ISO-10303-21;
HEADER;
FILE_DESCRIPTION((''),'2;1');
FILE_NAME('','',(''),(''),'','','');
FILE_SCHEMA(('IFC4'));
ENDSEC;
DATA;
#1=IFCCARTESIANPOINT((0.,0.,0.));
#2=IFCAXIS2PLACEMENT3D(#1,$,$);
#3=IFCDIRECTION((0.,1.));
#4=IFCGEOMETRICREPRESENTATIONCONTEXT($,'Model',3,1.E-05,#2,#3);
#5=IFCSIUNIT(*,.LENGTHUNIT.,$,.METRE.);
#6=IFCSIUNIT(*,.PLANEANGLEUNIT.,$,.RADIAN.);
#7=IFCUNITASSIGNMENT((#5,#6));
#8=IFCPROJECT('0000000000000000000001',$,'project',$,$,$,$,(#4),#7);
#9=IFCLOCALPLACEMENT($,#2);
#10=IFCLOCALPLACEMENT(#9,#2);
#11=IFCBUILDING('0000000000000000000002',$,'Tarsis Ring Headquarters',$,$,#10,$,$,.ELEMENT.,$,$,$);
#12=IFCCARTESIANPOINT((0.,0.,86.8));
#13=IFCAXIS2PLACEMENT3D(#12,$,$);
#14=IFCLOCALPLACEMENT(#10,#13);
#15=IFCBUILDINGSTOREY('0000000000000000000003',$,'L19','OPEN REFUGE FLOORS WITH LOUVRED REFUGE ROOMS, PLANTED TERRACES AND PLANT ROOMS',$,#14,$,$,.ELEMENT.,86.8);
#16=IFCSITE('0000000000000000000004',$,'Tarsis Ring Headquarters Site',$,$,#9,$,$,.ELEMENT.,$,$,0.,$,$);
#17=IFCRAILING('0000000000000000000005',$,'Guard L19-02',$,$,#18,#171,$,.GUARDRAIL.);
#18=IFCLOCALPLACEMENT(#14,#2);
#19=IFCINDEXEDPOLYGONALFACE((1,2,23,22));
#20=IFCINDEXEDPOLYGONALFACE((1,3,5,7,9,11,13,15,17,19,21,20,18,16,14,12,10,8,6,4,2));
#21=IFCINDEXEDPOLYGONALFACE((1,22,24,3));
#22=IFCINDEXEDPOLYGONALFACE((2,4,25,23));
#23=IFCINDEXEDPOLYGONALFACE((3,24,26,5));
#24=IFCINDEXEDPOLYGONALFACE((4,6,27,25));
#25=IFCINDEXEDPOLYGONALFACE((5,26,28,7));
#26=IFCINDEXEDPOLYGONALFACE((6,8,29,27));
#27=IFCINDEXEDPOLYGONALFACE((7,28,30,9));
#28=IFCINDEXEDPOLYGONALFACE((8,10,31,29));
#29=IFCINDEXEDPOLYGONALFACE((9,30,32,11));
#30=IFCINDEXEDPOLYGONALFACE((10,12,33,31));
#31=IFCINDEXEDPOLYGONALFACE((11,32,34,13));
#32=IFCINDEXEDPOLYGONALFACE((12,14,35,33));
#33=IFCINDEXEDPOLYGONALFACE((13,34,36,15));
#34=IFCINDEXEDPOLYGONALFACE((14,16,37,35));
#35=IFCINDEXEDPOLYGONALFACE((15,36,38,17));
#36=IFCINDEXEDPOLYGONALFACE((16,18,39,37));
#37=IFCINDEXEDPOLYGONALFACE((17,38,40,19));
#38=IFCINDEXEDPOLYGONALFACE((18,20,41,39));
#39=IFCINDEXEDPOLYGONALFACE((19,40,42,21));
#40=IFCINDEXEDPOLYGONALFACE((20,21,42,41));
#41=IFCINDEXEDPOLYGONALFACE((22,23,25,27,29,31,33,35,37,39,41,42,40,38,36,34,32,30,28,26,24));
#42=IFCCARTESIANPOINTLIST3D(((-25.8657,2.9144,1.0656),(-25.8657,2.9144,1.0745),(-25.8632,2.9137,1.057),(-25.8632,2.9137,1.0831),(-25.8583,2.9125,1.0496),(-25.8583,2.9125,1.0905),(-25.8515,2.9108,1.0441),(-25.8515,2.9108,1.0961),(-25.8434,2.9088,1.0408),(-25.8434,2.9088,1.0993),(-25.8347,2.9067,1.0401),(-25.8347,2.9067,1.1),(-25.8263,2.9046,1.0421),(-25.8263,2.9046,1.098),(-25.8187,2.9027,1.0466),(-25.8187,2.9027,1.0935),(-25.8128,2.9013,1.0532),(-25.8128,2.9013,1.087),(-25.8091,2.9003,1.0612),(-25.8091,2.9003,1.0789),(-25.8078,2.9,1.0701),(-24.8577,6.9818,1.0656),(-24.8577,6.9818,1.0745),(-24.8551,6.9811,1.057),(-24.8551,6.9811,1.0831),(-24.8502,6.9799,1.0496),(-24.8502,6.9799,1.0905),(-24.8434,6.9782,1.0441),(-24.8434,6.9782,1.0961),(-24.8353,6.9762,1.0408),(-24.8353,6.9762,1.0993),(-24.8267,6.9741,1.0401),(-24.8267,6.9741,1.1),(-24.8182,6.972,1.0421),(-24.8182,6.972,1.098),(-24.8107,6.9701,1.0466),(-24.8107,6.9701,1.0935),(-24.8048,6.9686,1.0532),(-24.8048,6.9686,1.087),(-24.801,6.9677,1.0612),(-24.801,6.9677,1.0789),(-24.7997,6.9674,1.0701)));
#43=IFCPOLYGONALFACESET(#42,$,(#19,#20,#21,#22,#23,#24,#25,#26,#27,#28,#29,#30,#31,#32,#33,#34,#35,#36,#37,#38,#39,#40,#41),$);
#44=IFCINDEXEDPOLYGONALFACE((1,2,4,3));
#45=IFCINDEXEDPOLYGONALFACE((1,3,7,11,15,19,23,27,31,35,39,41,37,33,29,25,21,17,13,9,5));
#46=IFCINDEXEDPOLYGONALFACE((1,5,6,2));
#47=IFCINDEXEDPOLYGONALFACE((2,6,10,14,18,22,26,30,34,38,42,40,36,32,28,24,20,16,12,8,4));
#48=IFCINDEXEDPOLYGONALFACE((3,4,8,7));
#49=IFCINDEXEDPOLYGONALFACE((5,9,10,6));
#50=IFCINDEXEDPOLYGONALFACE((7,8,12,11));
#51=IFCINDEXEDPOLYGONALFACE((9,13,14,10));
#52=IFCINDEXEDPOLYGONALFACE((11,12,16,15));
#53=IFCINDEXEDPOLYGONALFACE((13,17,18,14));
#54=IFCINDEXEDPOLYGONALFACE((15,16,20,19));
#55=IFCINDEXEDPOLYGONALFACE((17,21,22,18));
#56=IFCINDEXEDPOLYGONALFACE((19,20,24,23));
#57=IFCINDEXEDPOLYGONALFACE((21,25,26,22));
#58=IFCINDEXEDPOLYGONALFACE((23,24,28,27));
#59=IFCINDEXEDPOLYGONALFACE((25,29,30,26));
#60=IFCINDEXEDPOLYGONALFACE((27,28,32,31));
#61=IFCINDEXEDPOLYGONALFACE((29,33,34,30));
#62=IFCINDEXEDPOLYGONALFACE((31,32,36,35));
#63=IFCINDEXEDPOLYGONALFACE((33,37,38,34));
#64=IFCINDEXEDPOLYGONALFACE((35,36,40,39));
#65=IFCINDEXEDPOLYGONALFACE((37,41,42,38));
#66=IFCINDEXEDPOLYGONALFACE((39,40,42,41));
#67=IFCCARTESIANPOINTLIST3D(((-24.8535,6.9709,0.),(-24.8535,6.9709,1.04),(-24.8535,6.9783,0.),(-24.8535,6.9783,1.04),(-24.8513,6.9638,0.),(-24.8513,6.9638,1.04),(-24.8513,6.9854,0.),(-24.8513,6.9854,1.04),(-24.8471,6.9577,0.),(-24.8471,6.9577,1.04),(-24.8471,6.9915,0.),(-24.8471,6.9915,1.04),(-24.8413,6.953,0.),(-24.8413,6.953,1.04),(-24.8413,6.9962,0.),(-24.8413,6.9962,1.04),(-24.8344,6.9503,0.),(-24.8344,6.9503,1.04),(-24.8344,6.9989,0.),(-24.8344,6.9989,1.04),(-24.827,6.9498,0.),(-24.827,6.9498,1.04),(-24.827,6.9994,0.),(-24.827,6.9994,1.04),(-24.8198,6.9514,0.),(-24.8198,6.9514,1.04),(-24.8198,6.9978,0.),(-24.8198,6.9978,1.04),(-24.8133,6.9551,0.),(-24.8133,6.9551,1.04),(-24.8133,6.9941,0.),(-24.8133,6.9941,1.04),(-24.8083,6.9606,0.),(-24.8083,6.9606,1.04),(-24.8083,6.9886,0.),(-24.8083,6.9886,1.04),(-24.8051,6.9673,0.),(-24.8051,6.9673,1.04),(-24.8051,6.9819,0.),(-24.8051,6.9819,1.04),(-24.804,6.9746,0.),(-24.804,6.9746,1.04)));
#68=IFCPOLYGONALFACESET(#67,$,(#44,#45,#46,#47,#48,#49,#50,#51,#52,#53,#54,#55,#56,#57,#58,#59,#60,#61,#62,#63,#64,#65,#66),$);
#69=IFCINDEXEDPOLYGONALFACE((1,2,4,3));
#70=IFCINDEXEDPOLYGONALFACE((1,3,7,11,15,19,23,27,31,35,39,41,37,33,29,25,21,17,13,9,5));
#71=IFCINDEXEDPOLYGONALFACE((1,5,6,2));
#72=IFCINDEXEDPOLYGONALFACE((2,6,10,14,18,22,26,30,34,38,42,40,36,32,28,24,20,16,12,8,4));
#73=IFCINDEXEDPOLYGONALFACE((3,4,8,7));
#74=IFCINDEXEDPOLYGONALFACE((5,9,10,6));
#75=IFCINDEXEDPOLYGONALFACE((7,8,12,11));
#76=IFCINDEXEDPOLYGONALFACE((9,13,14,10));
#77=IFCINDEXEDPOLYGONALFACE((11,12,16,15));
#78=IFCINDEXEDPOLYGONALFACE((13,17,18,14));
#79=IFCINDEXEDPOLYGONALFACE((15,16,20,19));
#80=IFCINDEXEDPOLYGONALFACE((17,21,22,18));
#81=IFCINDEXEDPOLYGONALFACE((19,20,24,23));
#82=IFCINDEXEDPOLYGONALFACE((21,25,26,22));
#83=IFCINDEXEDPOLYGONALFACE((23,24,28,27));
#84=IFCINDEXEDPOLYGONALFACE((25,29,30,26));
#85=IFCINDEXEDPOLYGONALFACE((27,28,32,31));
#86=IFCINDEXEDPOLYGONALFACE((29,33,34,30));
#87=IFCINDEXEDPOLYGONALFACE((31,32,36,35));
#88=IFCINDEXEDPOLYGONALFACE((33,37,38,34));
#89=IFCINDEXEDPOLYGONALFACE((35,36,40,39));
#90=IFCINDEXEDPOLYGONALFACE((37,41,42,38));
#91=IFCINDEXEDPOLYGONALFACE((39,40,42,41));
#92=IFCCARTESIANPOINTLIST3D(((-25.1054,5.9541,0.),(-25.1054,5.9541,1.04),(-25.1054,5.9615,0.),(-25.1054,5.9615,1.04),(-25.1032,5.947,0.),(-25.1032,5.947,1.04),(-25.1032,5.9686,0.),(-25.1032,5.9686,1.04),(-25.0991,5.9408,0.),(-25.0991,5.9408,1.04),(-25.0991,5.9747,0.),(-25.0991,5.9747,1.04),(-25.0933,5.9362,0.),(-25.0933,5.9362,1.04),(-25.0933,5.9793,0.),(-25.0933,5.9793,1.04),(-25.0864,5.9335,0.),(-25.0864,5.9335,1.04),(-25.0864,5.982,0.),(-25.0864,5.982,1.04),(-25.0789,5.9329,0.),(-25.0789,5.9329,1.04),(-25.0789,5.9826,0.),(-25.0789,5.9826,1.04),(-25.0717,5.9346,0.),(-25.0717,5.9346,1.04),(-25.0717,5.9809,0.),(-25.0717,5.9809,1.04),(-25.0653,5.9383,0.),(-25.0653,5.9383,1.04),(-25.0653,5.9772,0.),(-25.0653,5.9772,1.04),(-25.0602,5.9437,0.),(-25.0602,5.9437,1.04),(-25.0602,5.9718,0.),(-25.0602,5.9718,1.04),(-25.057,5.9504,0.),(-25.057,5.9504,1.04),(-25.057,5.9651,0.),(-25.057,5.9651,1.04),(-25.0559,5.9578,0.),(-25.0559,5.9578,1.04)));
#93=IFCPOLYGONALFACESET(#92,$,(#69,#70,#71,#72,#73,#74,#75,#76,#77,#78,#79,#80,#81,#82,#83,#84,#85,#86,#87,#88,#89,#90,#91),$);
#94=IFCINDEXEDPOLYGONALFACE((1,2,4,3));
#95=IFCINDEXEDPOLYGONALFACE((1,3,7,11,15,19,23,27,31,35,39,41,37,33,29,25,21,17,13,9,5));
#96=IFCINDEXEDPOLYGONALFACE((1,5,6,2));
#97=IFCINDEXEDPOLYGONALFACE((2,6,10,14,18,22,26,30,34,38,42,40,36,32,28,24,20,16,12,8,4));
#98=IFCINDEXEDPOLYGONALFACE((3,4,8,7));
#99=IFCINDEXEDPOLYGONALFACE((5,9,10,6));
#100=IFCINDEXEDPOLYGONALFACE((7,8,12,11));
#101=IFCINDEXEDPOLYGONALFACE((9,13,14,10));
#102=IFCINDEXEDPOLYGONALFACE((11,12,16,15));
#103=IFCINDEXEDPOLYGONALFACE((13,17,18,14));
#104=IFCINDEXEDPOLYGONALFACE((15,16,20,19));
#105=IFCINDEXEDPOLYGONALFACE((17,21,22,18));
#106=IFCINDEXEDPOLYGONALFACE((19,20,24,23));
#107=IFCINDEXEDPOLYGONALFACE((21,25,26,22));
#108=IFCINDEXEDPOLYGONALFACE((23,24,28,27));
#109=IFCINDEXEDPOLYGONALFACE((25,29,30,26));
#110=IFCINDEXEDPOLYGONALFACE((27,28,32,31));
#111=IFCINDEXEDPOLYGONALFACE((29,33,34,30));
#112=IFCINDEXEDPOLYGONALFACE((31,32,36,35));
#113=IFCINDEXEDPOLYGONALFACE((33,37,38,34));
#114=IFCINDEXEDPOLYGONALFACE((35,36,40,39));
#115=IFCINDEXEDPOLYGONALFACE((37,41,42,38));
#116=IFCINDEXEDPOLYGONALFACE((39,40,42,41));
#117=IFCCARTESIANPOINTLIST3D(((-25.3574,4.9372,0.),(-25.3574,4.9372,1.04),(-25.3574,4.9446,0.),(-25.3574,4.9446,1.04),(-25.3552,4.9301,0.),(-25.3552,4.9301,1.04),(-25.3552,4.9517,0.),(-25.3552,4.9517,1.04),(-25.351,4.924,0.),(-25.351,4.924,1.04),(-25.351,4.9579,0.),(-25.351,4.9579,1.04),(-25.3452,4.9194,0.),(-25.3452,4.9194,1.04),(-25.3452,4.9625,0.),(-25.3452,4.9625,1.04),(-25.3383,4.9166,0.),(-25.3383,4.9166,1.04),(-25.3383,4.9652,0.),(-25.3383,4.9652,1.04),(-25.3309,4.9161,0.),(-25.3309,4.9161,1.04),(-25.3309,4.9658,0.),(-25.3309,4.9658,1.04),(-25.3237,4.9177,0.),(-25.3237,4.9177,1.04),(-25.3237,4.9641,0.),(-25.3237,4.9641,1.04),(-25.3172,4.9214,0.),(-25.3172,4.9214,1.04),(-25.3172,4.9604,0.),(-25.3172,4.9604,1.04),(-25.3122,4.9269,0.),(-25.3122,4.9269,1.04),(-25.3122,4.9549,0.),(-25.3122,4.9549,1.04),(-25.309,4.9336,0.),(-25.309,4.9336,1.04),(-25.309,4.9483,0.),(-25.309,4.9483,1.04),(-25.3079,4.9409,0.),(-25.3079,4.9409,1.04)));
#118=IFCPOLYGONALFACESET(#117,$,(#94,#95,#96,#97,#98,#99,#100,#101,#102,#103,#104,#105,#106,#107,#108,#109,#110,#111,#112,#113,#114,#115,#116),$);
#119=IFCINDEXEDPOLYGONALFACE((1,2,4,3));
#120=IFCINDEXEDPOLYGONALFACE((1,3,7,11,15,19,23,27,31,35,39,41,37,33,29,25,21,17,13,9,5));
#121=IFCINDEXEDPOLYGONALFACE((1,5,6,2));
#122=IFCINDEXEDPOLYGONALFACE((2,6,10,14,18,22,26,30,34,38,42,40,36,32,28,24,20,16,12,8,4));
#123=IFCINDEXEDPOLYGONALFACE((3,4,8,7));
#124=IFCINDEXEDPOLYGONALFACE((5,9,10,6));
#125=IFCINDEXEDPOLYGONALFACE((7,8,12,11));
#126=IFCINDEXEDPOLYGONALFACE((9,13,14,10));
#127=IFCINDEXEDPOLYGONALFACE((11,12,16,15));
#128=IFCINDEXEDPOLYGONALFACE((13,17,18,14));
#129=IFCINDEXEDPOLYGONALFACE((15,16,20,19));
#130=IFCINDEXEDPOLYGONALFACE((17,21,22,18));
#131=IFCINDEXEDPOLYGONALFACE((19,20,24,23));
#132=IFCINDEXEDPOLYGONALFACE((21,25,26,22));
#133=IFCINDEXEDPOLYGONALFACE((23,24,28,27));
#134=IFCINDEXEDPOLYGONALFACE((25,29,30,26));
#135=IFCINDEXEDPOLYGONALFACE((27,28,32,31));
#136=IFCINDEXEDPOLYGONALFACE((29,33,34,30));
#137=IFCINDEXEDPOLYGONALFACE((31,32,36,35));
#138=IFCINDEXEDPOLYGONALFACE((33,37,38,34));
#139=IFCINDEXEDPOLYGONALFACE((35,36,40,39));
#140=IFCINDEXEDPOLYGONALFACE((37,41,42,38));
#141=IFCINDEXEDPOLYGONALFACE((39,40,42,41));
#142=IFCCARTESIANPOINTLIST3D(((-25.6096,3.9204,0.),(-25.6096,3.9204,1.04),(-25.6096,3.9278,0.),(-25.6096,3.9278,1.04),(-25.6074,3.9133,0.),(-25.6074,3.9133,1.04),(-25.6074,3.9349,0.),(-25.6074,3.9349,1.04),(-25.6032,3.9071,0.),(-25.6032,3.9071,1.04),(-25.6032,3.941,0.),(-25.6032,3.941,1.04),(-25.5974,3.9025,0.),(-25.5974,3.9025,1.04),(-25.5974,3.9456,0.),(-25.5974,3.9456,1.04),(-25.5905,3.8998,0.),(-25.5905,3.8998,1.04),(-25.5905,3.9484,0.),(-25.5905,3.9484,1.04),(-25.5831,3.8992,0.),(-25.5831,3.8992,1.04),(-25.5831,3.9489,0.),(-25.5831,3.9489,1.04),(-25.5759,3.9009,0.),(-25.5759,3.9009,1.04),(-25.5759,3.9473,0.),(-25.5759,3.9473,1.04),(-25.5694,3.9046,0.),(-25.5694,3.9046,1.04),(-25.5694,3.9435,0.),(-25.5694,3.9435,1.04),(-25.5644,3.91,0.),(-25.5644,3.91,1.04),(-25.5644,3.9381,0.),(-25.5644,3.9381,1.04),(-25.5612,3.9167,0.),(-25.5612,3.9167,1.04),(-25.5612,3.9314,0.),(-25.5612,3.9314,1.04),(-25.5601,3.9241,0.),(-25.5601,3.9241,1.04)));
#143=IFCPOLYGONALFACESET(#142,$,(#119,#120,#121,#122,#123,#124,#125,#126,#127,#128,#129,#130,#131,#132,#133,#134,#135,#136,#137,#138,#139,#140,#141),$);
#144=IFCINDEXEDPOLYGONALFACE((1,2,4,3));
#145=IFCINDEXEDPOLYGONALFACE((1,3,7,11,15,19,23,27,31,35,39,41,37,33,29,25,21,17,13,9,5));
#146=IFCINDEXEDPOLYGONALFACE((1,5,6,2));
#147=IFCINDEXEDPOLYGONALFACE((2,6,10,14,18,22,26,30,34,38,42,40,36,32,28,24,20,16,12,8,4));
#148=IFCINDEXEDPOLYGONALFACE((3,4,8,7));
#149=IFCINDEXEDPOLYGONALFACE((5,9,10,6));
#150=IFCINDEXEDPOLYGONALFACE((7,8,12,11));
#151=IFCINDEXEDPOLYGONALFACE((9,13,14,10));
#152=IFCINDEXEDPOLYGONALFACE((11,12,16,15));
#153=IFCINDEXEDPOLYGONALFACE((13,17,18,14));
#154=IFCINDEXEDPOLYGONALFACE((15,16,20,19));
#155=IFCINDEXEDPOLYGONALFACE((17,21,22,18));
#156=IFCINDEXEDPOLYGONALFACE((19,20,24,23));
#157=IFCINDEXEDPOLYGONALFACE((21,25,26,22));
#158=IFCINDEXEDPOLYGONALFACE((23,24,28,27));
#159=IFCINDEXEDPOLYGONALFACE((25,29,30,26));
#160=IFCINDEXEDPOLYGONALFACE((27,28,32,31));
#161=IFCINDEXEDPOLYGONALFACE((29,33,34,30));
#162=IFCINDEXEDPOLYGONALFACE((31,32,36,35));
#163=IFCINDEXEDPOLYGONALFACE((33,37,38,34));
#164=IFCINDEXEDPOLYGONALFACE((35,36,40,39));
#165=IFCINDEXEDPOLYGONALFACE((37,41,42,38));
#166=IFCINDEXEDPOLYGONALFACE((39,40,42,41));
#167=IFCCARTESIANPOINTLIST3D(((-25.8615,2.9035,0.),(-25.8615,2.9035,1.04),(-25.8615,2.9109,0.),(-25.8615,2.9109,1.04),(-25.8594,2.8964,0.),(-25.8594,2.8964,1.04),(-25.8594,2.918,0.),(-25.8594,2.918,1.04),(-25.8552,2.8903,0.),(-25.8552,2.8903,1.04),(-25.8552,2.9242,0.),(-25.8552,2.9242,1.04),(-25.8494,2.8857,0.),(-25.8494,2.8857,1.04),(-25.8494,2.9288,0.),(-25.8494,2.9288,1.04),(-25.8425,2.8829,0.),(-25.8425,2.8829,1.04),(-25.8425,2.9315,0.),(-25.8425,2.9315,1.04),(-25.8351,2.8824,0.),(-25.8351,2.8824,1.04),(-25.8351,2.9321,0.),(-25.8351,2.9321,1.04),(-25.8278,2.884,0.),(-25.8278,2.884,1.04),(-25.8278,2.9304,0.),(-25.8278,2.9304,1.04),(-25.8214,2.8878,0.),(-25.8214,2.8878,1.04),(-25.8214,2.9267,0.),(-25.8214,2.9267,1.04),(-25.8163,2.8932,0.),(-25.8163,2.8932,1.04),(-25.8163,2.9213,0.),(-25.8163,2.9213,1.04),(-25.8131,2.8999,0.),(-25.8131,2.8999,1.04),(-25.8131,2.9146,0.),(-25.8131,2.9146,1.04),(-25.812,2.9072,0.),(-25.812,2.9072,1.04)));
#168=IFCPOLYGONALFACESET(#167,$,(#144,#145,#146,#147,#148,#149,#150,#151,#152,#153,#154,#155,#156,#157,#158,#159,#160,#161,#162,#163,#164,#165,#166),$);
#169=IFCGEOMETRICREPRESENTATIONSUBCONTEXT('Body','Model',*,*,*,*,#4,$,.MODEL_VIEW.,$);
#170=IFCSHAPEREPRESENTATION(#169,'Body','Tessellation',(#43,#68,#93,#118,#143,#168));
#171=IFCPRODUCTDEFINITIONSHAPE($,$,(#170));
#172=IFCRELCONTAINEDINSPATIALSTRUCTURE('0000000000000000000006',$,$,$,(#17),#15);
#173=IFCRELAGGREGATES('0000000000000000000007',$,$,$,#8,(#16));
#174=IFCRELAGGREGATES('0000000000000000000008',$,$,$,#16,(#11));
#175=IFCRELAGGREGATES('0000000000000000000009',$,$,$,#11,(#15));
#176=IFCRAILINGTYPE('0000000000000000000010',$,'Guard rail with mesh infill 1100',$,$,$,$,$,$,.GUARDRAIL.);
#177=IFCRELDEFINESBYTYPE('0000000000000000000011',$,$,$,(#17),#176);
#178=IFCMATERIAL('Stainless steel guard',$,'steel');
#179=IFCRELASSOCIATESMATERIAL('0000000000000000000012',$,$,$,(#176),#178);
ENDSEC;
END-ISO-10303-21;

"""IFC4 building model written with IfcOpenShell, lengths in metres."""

from ifc_helpers import new_model, si_unit, direction, frame, origin, origin_2d, place, context, subcontext, project, spatial, circle, extrude, material, type_object, element, save


model = new_model("IFC4")

# Units and contexts
model_context = context("Model", 3, precision=1e-05, world=origin(), true_north=direction((0.0, 1.0)))
body_context = subcontext(model_context, "Body", "Model", "MODEL_VIEW")
ifc_project = project(units=[si_unit("LENGTHUNIT", "METRE"), si_unit("PLANEANGLEUNIT", "RADIAN")], contexts=[model_context])

# Site, building, storey
site_placement = place(None, origin())
site = spatial("IfcSite", under=ifc_project, at=site_placement, Name="Tarsis Ring Headquarters Site", CompositionType="ELEMENT", RefElevation=0.0)
building_placement = place(site_placement, origin())
building = spatial("IfcBuilding", under=site, at=building_placement, Name="Tarsis Ring Headquarters", CompositionType="ELEMENT")
storey_placement = place(building_placement, frame((0.0, 0.0, 86.8)))
storey = spatial("IfcBuildingStorey", under=building, at=storey_placement, Name="L19", Description="OPEN REFUGE FLOORS WITH LOUVRED REFUGE ROOMS, PLANTED TERRACES AND PLANT ROOMS", CompositionType="ELEMENT", Elevation=86.8)

# Railing
ifc_material_1 = material(Name="Stainless steel guard", Category="steel")
railing_type = type_object("IfcRailingType", Name="Guard rail with mesh infill 1100", PredefinedType="GUARDRAIL", material=ifc_material_1)
railing_1_placement = place(storey_placement, frame((-24.8289, 6.9746, 0.0)))
element("IfcRailing", 1, at=railing_1_placement, inside=storey, type_object=railing_type, Name="Guard L19-02", PredefinedType="GUARDRAIL", context=body_context, shape_type="SweptSolid", body=[
    extrude(circle(Radius=0.03, at=origin_2d()), frame((0.0, 0.0, 1.0701), z_axis=(-0.240561, -0.970634, 0.0), x_axis=(0.970634, -0.240561, 0.0)), (0.0, 0.0, 1.0), 4.1904),
    extrude(circle(Radius=0.0249, at=origin_2d()), origin(), (0.0, 0.0, 1.0), 1.04),
    extrude(circle(Radius=0.0249, at=origin_2d()), frame((-0.252, -1.0168, 0.0)), (0.0, 0.0, 1.0), 1.04),
    extrude(circle(Radius=0.0249, at=origin_2d()), frame((-0.5039, -2.0337, 0.0)), (0.0, 0.0, 1.0), 1.04),
    extrude(circle(Radius=0.0249, at=origin_2d()), frame((-0.7561, -3.0505, 0.0)), (0.0, 0.0, 1.0), 1.04),
    extrude(circle(Radius=0.0249, at=origin_2d()), frame((-1.0081, -4.0674, 0.0)), (0.0, 0.0, 1.0), 1.04),
])

save(model, "model.ifc")
